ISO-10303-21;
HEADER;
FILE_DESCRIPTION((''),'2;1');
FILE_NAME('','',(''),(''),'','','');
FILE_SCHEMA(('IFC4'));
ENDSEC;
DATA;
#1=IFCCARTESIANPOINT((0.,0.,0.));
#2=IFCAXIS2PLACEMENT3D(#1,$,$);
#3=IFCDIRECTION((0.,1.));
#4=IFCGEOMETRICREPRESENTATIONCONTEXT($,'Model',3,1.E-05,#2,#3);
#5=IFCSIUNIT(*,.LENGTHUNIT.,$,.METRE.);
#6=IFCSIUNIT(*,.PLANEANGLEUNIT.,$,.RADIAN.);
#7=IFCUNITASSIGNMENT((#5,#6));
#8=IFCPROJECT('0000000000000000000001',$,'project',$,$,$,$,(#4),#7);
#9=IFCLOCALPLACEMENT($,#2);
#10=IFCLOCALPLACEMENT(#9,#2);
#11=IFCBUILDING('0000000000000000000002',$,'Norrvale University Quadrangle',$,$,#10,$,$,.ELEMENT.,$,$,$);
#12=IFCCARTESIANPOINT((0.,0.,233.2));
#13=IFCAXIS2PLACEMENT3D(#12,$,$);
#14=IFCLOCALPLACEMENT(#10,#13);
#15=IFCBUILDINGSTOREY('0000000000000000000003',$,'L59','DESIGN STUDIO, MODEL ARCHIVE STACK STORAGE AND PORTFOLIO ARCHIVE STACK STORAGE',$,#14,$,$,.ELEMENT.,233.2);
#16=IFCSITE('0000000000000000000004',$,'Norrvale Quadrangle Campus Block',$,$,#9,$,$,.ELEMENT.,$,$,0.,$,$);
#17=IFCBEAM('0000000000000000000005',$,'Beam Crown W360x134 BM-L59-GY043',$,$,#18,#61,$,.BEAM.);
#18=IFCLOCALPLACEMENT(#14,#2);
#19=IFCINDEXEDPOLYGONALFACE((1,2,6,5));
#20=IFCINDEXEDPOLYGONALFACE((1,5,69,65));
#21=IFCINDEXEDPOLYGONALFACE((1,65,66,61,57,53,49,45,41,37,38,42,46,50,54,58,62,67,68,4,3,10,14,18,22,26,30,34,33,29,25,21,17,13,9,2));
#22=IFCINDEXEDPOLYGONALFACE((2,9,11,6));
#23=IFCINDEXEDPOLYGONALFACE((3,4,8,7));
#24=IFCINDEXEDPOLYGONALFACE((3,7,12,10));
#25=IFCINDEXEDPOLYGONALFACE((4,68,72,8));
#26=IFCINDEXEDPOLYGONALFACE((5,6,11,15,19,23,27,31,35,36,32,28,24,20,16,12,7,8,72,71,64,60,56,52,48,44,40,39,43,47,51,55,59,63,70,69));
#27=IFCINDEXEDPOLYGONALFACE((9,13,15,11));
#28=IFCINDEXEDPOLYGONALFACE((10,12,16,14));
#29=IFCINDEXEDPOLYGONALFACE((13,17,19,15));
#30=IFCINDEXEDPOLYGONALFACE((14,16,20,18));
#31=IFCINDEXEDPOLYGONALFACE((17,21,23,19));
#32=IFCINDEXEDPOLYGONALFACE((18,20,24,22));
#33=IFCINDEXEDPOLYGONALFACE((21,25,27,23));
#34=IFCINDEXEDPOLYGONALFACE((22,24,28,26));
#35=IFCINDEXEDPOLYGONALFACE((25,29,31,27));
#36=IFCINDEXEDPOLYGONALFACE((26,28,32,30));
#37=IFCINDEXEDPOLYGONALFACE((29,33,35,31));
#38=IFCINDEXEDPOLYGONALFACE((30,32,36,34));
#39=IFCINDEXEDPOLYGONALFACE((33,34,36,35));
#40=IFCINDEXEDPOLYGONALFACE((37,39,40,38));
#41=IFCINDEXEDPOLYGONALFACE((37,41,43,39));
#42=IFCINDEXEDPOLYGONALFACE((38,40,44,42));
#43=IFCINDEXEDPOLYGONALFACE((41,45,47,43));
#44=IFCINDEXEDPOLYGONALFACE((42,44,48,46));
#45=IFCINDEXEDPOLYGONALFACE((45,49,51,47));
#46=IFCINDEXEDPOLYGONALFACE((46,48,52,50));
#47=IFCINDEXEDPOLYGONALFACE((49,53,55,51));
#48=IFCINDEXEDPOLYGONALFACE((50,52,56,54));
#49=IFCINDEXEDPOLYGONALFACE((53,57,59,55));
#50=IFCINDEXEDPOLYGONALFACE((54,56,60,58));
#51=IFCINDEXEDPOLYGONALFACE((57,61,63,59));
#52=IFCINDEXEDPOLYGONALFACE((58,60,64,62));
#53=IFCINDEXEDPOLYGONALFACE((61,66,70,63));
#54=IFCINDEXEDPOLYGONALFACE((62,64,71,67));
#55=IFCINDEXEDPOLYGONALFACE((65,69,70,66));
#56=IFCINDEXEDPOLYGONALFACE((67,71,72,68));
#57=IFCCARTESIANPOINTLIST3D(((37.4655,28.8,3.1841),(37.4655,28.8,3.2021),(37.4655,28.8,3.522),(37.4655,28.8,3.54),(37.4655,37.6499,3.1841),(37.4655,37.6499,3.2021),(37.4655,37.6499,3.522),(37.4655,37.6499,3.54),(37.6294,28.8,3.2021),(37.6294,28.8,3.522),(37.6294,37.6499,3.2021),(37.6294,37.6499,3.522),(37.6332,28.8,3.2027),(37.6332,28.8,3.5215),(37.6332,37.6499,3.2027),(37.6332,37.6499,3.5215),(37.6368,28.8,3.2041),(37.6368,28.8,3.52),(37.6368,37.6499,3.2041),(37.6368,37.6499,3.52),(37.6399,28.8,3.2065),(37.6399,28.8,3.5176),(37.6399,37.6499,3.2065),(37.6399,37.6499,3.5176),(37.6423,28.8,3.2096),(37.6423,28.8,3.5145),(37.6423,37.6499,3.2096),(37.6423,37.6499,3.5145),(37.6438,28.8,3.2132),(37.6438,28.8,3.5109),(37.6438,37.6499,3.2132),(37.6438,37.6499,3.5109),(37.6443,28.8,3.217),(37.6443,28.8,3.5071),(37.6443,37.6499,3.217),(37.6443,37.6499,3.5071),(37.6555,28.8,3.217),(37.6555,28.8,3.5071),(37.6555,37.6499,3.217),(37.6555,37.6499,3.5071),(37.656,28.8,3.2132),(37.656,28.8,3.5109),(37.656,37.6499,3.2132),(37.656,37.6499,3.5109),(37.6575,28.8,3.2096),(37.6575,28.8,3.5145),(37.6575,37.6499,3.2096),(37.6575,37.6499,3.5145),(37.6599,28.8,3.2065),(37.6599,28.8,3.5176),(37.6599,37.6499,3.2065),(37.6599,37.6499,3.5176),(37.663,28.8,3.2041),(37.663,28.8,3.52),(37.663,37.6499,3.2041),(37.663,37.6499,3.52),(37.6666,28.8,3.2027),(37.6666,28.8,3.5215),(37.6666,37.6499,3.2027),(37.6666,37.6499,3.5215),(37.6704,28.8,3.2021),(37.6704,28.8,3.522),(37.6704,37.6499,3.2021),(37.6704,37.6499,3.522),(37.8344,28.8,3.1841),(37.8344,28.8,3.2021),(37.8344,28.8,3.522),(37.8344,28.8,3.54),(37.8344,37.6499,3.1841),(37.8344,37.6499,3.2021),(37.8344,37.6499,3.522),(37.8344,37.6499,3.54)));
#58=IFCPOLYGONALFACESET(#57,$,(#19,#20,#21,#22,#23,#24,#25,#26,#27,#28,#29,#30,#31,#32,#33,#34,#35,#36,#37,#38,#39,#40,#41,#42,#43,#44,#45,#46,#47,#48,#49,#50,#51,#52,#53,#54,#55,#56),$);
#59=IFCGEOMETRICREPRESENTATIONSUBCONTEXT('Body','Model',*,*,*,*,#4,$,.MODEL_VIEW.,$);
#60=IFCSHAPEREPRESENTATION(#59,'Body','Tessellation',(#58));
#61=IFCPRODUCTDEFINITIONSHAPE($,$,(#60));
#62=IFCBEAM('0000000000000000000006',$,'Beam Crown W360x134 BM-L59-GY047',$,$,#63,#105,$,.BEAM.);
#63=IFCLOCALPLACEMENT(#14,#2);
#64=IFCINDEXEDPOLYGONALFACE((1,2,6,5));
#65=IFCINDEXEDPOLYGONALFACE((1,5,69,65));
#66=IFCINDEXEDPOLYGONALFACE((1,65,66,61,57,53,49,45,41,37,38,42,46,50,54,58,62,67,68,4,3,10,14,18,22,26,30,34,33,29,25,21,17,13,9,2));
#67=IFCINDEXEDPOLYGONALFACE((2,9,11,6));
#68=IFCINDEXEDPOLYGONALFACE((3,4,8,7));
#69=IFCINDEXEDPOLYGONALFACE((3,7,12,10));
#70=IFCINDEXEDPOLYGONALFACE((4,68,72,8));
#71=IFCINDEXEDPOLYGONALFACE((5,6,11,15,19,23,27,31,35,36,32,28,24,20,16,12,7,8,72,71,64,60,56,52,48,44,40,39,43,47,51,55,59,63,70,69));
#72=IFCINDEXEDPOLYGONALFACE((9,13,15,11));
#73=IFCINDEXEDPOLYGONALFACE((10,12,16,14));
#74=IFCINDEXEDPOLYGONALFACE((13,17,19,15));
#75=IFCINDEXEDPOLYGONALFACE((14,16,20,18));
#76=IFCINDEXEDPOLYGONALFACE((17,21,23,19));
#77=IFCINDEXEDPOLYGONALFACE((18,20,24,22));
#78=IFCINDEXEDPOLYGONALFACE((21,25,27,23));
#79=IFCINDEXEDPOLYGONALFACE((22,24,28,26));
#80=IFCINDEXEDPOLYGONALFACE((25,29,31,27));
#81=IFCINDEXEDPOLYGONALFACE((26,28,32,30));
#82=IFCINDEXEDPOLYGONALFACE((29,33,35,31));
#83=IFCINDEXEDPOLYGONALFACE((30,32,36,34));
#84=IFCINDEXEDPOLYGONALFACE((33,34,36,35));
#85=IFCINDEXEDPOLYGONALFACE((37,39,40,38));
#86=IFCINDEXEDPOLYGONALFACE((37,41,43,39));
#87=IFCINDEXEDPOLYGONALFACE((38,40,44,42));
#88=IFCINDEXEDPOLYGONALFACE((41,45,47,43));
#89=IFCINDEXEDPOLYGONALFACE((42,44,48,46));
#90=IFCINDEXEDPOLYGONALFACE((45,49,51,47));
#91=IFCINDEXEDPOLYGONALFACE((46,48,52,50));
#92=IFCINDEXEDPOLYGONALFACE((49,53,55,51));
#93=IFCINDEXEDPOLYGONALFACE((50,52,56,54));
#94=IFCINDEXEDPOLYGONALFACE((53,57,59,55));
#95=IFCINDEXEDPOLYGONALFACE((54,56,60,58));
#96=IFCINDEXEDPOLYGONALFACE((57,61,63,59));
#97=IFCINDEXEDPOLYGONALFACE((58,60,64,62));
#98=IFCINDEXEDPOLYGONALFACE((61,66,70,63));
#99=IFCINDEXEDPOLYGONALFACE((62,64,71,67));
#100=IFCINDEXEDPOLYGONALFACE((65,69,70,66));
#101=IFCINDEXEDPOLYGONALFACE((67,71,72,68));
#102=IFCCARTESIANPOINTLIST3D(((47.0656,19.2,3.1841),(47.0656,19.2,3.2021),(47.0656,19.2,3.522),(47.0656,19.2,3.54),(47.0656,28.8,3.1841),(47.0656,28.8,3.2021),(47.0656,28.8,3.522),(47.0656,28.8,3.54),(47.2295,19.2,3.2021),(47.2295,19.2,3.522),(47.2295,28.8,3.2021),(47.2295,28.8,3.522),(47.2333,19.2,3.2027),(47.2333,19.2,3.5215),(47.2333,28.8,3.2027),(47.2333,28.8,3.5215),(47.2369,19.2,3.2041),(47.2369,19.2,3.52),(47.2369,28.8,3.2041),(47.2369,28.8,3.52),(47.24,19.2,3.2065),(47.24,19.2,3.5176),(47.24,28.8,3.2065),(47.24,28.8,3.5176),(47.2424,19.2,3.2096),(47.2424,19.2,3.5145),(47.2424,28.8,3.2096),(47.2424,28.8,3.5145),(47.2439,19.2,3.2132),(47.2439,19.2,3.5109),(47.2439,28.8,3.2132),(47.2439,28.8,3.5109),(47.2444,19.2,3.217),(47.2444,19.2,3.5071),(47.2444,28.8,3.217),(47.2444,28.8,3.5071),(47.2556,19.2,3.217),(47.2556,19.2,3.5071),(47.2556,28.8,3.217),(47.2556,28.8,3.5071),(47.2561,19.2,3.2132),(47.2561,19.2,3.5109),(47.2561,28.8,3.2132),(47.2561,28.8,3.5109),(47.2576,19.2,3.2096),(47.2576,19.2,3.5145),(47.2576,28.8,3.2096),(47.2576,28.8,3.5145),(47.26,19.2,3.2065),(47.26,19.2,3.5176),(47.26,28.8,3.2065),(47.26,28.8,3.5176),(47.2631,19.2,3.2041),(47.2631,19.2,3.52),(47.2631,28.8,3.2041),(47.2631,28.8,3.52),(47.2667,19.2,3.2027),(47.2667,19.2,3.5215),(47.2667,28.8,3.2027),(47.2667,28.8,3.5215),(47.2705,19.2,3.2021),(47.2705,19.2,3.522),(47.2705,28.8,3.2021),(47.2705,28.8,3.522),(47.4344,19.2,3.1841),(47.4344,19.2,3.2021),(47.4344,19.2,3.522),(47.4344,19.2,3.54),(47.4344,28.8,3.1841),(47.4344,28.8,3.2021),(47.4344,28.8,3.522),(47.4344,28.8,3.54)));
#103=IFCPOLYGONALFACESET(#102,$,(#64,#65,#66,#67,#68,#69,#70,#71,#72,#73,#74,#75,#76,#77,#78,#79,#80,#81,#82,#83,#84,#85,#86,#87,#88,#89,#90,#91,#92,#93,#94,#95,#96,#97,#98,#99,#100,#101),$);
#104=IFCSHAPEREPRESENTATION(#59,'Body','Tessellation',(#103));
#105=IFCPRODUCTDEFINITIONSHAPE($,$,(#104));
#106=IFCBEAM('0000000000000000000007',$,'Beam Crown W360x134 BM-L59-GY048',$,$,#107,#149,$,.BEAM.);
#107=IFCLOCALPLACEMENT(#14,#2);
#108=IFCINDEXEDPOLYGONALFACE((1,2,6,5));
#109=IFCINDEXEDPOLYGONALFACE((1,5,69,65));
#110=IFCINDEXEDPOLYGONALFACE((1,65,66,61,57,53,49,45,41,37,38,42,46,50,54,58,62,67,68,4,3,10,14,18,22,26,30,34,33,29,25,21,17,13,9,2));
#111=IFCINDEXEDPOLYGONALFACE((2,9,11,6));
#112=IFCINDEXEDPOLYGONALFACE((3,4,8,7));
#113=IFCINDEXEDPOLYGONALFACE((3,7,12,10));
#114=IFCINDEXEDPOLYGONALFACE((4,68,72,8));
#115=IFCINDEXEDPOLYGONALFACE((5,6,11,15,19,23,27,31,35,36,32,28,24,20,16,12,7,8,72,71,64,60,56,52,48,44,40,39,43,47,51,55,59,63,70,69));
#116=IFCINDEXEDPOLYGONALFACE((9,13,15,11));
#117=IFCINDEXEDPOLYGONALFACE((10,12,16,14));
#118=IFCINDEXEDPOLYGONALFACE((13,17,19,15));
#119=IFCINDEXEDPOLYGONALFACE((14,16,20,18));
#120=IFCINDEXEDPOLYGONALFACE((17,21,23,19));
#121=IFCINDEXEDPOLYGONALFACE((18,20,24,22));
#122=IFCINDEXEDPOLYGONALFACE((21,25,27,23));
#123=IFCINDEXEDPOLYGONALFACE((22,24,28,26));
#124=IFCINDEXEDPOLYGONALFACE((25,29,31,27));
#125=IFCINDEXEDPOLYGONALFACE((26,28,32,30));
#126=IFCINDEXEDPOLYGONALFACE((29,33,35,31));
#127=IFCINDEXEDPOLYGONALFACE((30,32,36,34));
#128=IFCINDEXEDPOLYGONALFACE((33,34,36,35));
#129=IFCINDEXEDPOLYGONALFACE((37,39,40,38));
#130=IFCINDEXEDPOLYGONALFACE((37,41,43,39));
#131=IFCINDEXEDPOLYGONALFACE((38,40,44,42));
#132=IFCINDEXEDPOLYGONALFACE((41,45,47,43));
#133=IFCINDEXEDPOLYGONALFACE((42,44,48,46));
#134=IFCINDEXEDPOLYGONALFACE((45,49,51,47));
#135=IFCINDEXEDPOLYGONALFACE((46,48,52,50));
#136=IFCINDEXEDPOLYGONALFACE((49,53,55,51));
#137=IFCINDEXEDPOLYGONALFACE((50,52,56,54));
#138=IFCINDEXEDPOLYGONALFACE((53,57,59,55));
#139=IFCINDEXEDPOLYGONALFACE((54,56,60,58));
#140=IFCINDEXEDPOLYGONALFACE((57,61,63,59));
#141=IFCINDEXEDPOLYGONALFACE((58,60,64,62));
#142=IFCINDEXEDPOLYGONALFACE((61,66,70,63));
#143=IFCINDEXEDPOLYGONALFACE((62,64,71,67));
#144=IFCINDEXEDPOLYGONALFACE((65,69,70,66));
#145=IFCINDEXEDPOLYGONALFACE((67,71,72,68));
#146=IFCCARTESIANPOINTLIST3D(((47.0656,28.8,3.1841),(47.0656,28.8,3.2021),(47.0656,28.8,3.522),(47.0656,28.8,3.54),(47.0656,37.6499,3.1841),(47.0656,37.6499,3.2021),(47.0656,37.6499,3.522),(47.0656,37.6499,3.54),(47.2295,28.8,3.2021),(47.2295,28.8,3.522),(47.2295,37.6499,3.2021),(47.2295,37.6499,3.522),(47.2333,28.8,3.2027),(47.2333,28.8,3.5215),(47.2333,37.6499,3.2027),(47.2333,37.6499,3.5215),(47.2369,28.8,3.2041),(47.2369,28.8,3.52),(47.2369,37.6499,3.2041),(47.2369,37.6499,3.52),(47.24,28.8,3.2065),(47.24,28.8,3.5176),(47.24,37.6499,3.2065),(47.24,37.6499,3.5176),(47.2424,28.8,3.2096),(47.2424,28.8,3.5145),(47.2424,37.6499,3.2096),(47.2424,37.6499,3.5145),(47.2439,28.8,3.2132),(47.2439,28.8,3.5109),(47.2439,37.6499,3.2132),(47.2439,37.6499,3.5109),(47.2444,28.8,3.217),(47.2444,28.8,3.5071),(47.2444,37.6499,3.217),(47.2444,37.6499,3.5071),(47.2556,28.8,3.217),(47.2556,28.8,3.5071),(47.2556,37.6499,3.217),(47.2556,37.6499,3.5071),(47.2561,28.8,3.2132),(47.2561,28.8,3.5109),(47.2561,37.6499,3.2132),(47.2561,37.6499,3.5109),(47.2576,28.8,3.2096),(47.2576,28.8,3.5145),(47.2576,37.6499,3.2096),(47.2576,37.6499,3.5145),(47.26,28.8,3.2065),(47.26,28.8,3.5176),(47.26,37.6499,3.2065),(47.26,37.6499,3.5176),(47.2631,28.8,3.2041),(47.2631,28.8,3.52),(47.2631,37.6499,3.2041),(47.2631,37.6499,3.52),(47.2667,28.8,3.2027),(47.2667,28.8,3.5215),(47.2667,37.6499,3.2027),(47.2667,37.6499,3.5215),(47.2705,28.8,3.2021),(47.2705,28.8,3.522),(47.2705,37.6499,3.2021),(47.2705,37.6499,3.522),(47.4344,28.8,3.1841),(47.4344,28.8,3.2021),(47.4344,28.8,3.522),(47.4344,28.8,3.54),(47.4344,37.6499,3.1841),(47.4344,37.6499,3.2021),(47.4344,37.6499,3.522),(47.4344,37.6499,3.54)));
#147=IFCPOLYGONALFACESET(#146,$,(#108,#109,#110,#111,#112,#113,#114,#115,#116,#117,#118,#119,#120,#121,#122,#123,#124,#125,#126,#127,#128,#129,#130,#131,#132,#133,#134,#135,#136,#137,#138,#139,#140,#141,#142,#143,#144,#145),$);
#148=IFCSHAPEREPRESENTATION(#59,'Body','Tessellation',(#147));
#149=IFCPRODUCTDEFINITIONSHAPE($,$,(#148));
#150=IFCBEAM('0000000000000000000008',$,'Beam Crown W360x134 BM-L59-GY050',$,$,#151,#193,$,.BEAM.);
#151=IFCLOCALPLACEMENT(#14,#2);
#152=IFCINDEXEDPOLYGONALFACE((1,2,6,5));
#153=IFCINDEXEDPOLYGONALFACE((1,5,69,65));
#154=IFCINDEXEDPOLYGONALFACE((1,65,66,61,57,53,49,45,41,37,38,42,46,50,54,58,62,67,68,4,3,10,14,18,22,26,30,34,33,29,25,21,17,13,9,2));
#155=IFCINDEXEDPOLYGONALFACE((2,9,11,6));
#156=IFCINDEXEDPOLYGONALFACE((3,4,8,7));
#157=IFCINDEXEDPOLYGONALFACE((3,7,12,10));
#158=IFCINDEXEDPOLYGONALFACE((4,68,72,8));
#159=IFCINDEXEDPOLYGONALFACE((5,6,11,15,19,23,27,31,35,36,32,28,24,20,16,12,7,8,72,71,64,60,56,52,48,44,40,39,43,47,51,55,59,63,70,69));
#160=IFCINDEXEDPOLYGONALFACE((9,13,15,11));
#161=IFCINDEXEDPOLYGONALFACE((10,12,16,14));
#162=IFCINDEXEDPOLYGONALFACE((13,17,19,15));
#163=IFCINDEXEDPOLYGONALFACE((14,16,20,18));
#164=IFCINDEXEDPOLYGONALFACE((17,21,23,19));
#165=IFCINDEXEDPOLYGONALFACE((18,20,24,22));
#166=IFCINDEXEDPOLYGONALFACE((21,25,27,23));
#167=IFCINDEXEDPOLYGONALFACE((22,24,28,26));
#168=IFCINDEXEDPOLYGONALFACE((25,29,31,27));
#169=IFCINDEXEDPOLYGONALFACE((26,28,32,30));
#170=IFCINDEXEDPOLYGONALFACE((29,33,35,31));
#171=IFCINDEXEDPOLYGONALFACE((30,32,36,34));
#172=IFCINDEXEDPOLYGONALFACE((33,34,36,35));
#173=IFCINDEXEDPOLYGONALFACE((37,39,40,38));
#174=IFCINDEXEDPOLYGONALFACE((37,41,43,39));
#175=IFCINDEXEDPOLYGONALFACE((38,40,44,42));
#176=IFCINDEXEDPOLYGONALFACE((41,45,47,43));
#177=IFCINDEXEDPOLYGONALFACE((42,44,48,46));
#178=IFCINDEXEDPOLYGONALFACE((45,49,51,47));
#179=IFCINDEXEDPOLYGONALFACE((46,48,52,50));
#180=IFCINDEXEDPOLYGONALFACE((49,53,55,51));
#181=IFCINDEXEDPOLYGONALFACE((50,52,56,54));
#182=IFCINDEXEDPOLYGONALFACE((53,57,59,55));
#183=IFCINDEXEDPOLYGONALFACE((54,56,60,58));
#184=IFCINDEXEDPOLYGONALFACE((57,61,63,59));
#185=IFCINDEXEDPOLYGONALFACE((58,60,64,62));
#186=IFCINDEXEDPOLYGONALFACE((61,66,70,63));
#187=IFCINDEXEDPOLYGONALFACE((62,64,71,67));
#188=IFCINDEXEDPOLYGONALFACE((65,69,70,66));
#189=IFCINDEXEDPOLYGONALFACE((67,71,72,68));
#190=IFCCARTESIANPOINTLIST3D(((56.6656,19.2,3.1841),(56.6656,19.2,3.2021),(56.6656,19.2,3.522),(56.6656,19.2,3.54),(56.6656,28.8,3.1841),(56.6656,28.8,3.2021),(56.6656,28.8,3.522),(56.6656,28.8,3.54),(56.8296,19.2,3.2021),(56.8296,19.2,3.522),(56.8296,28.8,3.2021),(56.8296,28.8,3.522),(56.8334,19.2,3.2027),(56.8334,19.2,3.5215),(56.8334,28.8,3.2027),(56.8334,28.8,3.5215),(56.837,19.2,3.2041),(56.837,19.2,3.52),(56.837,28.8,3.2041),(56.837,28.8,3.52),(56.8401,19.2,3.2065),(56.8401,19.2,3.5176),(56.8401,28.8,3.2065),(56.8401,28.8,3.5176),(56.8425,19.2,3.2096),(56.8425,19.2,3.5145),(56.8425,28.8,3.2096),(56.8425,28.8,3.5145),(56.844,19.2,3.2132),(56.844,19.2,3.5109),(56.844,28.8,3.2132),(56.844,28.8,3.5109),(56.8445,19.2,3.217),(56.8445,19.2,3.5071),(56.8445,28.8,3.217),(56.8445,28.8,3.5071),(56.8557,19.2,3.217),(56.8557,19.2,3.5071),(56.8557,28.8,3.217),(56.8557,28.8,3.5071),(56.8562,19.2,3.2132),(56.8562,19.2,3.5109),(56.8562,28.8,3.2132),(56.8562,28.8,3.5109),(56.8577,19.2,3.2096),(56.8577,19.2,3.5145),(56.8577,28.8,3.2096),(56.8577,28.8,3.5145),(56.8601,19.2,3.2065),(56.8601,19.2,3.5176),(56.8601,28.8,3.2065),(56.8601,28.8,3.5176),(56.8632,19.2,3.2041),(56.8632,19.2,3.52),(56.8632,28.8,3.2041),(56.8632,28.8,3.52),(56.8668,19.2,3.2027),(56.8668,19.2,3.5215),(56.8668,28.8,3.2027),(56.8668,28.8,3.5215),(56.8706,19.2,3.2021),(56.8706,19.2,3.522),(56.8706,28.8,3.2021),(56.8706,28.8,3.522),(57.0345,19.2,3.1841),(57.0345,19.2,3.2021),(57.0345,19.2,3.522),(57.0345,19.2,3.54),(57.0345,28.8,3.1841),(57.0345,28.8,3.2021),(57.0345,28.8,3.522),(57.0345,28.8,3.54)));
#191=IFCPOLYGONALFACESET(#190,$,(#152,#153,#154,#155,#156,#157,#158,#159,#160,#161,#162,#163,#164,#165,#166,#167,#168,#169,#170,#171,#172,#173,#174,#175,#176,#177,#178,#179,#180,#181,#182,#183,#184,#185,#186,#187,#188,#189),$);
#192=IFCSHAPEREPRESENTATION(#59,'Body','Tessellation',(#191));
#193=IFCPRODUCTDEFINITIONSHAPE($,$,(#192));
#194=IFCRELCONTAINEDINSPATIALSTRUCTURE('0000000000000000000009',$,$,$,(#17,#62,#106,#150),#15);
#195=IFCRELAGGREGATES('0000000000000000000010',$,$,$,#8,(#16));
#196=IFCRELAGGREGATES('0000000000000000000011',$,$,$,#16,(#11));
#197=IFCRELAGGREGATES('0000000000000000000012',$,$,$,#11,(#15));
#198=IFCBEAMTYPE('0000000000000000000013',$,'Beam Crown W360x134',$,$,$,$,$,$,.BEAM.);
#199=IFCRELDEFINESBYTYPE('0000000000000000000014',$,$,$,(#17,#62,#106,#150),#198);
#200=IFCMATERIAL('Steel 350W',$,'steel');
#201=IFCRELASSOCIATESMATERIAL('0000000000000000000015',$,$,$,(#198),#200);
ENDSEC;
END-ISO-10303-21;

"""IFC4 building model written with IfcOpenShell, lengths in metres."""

from ifc_helpers import new_model, si_unit, direction, frame, origin, origin_2d, place, context, subcontext, project, spatial, i_section, extrude, material, material_profile, profile_set, type_object, element, save


model = new_model("IFC4")

# Units and contexts
model_context = context("Model", 3, precision=1e-05, world=origin(), true_north=direction((0.0, 1.0)))
body_context = subcontext(model_context, "Body", "Model", "MODEL_VIEW")
ifc_project = project(units=[si_unit("LENGTHUNIT", "METRE"), si_unit("PLANEANGLEUNIT", "RADIAN")], contexts=[model_context])

# Site, building, storey
site_placement = place(None, origin())
site = spatial("IfcSite", under=ifc_project, at=site_placement, Name="Norrvale Quadrangle Campus Block", CompositionType="ELEMENT", RefElevation=0.0)
building_placement = place(site_placement, origin())
building = spatial("IfcBuilding", under=site, at=building_placement, Name="Norrvale University Quadrangle", CompositionType="ELEMENT")
storey_placement = place(building_placement, frame((0.0, 0.0, 233.2)))
storey = spatial("IfcBuildingStorey", under=building, at=storey_placement, Name="L59", Description="DESIGN STUDIO, MODEL ARCHIVE STACK STORAGE AND PORTFOLIO ARCHIVE STACK STORAGE", CompositionType="ELEMENT", Elevation=233.2)

# Beams
ifc_material_1 = material(Name="Steel 350W", Category="steel")
ifc_material_profile_1 = material_profile(ifc_material_1, i_section(OverallWidth=0.3689, OverallDepth=0.356, WebThickness=0.0112, FlangeThickness=0.0181, FilletRadius=0.0149, at=origin_2d()), Name="Steel 350W")
ifc_profile_set_1 = profile_set([ifc_material_profile_1], Name="Steel 350W")
beam_type_1 = type_object("IfcBeamType", Name="Beam Crown W360x134", PredefinedType="BEAM", material=ifc_profile_set_1)
beam_1_placement = place(storey_placement, frame((37.6499, 28.8, 3.3621), z_axis=(0.0, 1.0, 0.0), x_axis=(-1.0, 0.0, 0.0)))
element("IfcBeam", 1, at=beam_1_placement, inside=storey, type_object=beam_type_1, Name="Beam Crown W360x134 BM-L59-GY043", PredefinedType="BEAM", context=body_context, shape_type="SweptSolid", body=[
    extrude(i_section(OverallWidth=0.3689, OverallDepth=0.356, WebThickness=0.0112, FlangeThickness=0.0181, FilletRadius=0.0149, at=origin_2d()), origin(), (0.0, 0.0, 1.0), 8.8499),
])
beam_2_placement = place(storey_placement, frame((47.25, 19.2, 3.3621), z_axis=(0.0, 1.0, 0.0), x_axis=(-1.0, 0.0, 0.0)))
element("IfcBeam", 2, at=beam_2_placement, inside=storey, type_object=beam_type_1, Name="Beam Crown W360x134 BM-L59-GY047", PredefinedType="BEAM", context=body_context, shape_type="SweptSolid", body=[
    extrude(i_section(OverallWidth=0.3689, OverallDepth=0.356, WebThickness=0.0112, FlangeThickness=0.0181, FilletRadius=0.0149, at=origin_2d()), origin(), (0.0, 0.0, 1.0), 9.6001),
])
beam_3_placement = place(storey_placement, frame((47.25, 28.8, 3.3621), z_axis=(0.0, 1.0, 0.0), x_axis=(-1.0, 0.0, 0.0)))
element("IfcBeam", 3, at=beam_3_placement, inside=storey, type_object=beam_type_1, Name="Beam Crown W360x134 BM-L59-GY048", PredefinedType="BEAM", context=body_context, shape_type="SweptSolid", body=[
    extrude(i_section(OverallWidth=0.3689, OverallDepth=0.356, WebThickness=0.0112, FlangeThickness=0.0181, FilletRadius=0.0149, at=origin_2d()), origin(), (0.0, 0.0, 1.0), 8.8499),
])
beam_4_placement = place(storey_placement, frame((56.8501, 19.2, 3.3621), z_axis=(0.0, 1.0, 0.0), x_axis=(-1.0, 0.0, 0.0)))
element("IfcBeam", 4, at=beam_4_placement, inside=storey, type_object=beam_type_1, Name="Beam Crown W360x134 BM-L59-GY050", PredefinedType="BEAM", context=body_context, shape_type="SweptSolid", body=[
    extrude(i_section(OverallWidth=0.3689, OverallDepth=0.356, WebThickness=0.0112, FlangeThickness=0.0181, FilletRadius=0.0149, at=origin_2d()), origin(), (0.0, 0.0, 1.0), 9.6001),
])

save(model, "model.ifc")
